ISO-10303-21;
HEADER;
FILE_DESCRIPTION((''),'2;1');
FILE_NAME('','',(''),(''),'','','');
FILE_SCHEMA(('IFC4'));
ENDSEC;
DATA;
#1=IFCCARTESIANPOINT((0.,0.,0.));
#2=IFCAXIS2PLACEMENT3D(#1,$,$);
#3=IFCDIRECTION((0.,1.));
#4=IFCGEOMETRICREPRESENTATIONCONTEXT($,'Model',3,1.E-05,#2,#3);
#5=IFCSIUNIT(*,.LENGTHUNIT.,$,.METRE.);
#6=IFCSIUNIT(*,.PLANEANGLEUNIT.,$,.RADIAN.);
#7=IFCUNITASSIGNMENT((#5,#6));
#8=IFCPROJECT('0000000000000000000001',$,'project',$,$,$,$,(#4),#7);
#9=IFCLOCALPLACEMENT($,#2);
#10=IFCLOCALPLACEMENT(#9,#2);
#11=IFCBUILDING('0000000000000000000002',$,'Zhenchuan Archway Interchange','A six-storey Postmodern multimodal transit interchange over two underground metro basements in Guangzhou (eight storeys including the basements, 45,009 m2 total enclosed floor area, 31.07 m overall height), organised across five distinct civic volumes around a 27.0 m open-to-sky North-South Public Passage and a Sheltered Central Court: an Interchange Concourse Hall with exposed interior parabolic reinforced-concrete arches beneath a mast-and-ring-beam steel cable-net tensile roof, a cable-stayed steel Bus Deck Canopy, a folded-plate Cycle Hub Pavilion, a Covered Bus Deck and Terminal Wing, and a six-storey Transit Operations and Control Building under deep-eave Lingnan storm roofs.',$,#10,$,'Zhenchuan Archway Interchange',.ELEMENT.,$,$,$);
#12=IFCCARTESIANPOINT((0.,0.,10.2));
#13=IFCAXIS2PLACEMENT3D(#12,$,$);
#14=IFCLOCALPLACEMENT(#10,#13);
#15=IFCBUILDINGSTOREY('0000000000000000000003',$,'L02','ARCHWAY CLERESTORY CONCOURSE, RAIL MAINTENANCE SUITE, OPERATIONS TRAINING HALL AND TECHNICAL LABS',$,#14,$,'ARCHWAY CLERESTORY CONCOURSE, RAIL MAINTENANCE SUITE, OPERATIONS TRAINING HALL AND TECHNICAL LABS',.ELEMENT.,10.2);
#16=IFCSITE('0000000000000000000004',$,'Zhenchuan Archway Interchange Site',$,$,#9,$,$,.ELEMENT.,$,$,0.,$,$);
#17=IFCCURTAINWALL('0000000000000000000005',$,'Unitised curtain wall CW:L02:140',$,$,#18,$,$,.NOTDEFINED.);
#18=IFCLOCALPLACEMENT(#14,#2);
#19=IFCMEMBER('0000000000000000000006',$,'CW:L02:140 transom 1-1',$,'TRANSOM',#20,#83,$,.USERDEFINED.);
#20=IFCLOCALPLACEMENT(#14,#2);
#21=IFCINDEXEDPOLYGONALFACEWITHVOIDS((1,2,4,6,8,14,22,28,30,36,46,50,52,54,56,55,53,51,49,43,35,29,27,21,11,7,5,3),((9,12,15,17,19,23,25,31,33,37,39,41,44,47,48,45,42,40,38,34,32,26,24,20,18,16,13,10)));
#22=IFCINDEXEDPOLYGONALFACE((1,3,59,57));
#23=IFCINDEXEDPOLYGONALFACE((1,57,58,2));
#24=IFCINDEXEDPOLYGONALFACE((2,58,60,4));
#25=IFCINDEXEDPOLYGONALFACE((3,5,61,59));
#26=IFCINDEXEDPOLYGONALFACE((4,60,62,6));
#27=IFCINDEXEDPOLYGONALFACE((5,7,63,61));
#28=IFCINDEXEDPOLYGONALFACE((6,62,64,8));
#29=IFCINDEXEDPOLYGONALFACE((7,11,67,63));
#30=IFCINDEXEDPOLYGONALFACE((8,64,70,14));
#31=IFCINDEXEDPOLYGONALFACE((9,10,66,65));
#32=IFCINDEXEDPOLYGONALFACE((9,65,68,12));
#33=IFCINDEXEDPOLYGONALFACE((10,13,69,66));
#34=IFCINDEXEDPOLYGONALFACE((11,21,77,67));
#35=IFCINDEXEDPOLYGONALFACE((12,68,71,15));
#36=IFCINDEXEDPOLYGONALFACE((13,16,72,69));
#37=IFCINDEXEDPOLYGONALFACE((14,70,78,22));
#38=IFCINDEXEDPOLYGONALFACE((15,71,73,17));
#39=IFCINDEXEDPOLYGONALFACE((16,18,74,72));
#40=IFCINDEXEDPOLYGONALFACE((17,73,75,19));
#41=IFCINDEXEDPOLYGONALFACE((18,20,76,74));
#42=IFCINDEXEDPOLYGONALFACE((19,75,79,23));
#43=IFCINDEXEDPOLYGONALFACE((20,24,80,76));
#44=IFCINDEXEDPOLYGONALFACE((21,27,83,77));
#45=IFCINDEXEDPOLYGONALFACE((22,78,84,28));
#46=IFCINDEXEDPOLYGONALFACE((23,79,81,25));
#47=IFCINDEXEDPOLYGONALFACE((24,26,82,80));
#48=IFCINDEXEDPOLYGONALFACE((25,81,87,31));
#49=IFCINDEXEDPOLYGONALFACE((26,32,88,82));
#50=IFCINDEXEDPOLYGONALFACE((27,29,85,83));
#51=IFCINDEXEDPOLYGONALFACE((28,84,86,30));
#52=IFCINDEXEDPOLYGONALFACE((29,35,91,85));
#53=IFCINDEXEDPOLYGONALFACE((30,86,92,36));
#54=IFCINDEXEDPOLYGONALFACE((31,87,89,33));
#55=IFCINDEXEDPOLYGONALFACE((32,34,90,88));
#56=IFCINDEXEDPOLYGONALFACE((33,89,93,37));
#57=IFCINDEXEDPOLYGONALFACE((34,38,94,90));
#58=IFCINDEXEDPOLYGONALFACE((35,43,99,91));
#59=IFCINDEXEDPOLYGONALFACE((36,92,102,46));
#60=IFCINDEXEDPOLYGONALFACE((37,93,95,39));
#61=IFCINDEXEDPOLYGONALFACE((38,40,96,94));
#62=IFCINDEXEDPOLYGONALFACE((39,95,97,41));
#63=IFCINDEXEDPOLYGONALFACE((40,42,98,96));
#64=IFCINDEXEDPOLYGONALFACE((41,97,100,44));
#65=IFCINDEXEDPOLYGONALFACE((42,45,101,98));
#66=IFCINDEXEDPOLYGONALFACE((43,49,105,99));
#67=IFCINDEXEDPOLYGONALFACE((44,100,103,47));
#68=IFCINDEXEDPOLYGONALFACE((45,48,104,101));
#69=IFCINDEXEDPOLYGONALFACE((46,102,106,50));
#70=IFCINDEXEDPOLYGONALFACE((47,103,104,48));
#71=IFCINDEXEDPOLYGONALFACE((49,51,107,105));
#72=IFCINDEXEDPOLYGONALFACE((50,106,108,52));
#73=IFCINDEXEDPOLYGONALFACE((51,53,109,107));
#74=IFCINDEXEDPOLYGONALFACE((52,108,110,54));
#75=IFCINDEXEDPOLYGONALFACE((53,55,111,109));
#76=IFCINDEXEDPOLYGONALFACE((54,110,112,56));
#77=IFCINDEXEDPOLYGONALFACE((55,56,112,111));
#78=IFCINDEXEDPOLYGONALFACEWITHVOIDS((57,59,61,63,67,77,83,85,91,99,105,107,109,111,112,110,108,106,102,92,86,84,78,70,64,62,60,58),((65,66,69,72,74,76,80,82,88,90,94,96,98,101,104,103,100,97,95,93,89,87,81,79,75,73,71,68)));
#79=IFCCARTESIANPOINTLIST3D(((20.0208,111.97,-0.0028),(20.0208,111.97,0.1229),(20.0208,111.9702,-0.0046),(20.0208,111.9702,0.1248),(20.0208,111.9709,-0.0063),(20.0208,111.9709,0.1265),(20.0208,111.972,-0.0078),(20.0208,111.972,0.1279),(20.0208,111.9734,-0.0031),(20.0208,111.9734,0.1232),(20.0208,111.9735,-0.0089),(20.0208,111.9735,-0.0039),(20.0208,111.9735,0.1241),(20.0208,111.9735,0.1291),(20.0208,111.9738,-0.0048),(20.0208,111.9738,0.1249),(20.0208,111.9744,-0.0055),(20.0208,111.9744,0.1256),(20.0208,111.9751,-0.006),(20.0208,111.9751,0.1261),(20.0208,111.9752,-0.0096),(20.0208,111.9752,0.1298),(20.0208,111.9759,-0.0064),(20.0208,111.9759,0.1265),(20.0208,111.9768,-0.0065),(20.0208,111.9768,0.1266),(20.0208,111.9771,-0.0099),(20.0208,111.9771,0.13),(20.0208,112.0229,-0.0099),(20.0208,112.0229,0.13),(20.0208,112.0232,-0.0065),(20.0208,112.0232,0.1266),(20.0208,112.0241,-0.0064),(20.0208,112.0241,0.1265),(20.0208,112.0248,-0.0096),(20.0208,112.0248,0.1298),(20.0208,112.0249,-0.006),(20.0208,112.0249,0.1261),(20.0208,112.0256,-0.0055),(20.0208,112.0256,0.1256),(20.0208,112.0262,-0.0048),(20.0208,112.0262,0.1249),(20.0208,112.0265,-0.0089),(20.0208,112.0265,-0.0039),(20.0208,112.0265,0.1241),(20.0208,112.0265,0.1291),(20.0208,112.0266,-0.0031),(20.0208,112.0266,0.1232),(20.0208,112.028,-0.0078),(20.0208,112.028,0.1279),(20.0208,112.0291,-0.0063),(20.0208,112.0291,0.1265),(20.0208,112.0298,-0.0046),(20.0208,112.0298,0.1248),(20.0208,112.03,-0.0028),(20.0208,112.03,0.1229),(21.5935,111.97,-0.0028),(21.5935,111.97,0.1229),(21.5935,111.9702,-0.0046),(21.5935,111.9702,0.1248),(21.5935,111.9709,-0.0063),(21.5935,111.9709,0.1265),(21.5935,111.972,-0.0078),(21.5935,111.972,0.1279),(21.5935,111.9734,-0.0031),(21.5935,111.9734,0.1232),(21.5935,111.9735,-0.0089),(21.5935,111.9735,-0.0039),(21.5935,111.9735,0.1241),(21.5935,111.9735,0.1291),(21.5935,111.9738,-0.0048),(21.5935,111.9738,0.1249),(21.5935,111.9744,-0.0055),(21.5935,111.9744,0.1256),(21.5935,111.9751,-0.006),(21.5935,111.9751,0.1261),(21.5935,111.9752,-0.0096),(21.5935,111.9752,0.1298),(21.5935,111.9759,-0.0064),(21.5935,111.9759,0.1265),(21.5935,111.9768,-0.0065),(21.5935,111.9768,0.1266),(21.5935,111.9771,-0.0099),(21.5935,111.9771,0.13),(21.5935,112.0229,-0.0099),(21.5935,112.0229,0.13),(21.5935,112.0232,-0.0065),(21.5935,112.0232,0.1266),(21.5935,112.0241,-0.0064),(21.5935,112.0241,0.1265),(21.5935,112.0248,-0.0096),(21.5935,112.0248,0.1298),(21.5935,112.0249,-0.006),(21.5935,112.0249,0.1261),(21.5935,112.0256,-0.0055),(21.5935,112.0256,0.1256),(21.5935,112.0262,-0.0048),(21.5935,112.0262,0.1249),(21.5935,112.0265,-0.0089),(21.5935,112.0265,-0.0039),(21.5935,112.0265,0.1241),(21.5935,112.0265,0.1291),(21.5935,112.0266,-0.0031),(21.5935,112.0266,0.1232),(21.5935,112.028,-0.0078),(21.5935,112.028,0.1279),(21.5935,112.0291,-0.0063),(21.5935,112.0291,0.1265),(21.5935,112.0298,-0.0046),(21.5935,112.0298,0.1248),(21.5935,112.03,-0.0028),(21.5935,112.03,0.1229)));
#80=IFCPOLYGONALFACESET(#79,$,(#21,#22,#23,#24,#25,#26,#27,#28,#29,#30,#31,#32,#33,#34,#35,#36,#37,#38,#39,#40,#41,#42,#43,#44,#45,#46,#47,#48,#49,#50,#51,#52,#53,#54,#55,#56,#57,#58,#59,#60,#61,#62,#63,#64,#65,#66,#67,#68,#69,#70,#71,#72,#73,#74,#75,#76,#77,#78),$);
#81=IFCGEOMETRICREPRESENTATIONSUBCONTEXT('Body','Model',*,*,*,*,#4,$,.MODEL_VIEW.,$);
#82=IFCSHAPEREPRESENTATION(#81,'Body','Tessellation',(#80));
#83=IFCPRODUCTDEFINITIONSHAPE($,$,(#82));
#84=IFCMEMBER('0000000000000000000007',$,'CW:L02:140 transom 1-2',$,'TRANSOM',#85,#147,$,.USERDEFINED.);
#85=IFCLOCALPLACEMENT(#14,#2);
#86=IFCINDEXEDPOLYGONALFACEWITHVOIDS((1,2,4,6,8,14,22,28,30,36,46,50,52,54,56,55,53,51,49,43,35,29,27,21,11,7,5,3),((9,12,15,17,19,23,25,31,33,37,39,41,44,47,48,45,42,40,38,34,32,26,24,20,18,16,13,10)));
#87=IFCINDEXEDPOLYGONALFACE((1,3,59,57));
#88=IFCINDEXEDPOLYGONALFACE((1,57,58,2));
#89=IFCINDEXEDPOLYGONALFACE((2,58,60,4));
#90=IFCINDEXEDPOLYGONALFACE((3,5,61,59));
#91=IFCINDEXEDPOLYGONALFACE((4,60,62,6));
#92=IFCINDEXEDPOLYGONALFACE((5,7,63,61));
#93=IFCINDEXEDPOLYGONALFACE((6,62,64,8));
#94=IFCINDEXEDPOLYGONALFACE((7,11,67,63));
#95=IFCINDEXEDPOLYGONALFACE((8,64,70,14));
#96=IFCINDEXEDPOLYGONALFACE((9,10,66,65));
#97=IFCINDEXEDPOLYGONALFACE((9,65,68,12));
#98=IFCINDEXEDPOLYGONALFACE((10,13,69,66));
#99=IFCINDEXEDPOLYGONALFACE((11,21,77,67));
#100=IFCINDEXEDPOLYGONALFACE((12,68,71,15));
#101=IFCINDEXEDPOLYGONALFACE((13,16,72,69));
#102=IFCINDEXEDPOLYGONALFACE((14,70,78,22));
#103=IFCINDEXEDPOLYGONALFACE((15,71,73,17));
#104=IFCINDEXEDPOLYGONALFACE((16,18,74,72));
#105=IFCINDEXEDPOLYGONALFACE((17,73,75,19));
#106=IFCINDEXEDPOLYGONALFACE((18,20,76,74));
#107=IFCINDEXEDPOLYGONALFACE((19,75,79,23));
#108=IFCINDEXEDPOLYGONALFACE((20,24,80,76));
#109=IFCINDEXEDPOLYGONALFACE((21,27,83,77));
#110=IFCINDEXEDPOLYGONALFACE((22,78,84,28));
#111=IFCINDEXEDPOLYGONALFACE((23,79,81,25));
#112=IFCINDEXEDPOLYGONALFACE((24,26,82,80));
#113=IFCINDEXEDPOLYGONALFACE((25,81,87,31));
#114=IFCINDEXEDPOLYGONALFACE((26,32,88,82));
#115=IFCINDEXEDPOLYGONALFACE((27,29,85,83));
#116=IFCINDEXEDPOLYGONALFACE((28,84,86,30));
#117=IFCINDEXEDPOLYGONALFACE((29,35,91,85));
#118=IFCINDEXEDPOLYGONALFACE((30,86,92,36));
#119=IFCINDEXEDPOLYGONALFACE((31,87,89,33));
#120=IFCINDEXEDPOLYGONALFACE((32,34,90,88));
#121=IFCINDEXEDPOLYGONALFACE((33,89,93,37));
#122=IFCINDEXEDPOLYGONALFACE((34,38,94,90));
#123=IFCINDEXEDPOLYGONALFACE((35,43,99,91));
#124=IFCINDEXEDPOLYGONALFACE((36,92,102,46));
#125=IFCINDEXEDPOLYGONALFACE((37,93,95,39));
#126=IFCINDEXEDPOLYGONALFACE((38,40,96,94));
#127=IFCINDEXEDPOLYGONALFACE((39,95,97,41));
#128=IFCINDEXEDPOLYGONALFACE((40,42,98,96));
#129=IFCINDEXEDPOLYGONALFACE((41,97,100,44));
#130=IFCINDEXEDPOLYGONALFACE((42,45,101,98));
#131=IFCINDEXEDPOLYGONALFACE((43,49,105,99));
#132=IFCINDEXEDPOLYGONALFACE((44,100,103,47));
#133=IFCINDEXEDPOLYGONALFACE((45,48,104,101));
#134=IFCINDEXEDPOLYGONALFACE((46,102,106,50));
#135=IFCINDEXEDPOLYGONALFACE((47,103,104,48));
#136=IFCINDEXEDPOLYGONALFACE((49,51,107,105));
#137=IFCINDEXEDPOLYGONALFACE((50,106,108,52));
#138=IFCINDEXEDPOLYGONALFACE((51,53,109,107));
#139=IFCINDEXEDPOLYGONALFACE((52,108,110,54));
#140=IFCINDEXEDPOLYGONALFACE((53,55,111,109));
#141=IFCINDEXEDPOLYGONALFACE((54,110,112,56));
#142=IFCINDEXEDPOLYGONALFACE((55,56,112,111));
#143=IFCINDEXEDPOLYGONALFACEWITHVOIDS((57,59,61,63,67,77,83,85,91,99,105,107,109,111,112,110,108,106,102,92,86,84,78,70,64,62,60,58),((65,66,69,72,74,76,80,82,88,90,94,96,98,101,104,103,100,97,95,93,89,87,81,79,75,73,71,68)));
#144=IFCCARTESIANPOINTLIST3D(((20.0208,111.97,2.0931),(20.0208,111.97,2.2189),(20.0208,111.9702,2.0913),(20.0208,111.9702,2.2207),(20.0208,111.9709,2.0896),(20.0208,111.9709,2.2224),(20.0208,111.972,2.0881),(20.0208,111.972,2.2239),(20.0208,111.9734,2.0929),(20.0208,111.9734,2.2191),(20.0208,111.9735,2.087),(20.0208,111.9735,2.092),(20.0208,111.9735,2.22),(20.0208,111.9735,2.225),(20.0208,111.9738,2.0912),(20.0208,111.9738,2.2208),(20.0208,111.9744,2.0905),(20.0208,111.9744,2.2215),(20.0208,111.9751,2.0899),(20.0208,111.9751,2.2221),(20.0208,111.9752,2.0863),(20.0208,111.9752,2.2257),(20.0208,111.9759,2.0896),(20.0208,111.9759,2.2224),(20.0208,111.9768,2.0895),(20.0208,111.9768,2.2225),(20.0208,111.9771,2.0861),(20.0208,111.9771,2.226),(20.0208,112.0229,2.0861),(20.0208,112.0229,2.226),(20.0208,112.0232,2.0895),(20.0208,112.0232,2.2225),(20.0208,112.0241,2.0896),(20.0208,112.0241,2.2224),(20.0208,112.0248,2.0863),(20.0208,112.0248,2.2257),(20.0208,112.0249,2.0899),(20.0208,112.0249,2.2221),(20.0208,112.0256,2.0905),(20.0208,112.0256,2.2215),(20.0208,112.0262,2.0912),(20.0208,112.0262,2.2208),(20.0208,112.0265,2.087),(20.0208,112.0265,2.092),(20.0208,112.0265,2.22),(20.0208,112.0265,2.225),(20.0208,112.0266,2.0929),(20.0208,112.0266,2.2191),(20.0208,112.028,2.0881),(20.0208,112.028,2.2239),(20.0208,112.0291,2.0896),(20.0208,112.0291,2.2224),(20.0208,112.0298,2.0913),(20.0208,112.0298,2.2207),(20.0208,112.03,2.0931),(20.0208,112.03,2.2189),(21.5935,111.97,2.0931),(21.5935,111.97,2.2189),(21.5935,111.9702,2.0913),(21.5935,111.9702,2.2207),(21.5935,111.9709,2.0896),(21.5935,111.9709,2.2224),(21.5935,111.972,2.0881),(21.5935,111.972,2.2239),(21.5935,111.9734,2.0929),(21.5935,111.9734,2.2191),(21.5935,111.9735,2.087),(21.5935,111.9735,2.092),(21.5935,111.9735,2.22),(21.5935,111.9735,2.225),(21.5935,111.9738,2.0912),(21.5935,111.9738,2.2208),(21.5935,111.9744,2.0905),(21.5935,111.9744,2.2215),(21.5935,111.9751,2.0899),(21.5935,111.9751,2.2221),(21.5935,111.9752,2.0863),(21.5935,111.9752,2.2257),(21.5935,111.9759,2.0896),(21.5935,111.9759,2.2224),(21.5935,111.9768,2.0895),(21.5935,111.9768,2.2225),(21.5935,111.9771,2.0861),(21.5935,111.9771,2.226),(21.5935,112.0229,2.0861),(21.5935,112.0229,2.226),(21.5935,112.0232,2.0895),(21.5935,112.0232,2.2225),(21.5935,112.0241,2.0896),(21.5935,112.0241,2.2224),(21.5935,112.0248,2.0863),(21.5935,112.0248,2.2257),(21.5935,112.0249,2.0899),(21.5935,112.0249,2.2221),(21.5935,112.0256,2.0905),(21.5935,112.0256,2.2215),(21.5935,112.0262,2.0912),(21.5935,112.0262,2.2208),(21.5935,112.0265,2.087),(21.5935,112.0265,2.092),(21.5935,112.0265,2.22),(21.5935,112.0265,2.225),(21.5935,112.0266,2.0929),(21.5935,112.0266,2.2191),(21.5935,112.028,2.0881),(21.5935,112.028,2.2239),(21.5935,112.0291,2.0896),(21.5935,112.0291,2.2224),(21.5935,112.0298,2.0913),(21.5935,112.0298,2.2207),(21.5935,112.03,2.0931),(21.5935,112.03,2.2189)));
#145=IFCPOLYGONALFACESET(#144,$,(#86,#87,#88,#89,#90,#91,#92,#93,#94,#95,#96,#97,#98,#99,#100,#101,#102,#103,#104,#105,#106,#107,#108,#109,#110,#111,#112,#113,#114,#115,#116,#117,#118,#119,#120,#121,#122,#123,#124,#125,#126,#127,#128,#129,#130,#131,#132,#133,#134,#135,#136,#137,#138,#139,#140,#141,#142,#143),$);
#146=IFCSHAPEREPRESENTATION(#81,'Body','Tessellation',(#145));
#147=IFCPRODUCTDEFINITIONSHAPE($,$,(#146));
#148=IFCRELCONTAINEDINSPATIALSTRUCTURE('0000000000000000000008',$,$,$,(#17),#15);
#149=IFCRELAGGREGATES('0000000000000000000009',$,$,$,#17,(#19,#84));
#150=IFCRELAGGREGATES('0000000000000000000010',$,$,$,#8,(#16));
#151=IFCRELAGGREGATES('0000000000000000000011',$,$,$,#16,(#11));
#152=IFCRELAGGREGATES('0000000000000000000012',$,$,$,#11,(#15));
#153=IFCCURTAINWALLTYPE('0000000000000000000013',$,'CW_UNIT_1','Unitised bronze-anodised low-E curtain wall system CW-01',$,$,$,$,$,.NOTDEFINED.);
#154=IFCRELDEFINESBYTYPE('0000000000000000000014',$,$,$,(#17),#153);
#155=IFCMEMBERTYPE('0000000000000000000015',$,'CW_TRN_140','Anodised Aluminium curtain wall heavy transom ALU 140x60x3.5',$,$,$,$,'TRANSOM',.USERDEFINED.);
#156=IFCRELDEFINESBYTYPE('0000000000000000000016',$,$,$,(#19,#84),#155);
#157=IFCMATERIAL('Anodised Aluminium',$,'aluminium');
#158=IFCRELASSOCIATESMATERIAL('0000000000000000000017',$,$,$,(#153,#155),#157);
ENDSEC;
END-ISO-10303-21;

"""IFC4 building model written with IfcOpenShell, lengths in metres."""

from ifc_helpers import new_model, si_unit, direction, frame, origin, origin_2d, place, context, subcontext, project, spatial, hollow_rectangle, extrude, material, material_profile, profile_set, type_object, element, aggregate, save


model = new_model("IFC4")

# Units and contexts
model_context = context("Model", 3, precision=1e-05, world=origin(), true_north=direction((0.0, 1.0)))
body_context = subcontext(model_context, "Body", "Model", "MODEL_VIEW")
ifc_project = project(units=[si_unit("LENGTHUNIT", "METRE"), si_unit("PLANEANGLEUNIT", "RADIAN")], contexts=[model_context])

# Site, building, storey
site_placement = place(None, origin())
site = spatial("IfcSite", under=ifc_project, at=site_placement, Name="Zhenchuan Archway Interchange Site", CompositionType="ELEMENT", RefElevation=0.0)
building_placement = place(site_placement, origin())
building = spatial("IfcBuilding", under=site, at=building_placement, Name="Zhenchuan Archway Interchange", Description="A six-storey Postmodern multimodal transit interchange over two underground metro basements in Guangzhou (eight storeys including the basements, 45,009 m2 total enclosed floor area, 31.07 m overall height), organised across five distinct civic volumes around a 27.0 m open-to-sky North-South Public Passage and a Sheltered Central Court: an Interchange Concourse Hall with exposed interior parabolic reinforced-concrete arches beneath a mast-and-ring-beam steel cable-net tensile roof, a cable-stayed steel Bus Deck Canopy, a folded-plate Cycle Hub Pavilion, a Covered Bus Deck and Terminal Wing, and a six-storey Transit Operations and Control Building under deep-eave Lingnan storm roofs.", LongName="Zhenchuan Archway Interchange", CompositionType="ELEMENT")
storey_placement = place(building_placement, frame((0.0, 0.0, 10.2)))
storey = spatial("IfcBuildingStorey", under=building, at=storey_placement, Name="L02", Description="ARCHWAY CLERESTORY CONCOURSE, RAIL MAINTENANCE SUITE, OPERATIONS TRAINING HALL AND TECHNICAL LABS", LongName="ARCHWAY CLERESTORY CONCOURSE, RAIL MAINTENANCE SUITE, OPERATIONS TRAINING HALL AND TECHNICAL LABS", CompositionType="ELEMENT", Elevation=10.2)

# Curtain wall, members
ifc_material_1 = material(Name="Anodised Aluminium", Category="aluminium")
curtain_wall_type = type_object("IfcCurtainWallType", Name="CW_UNIT_1", Description="Unitised bronze-anodised low-E curtain wall system CW-01", PredefinedType="NOTDEFINED", material=ifc_material_1)
curtain_wall_placement = place(storey_placement, origin())
curtain_wall = element("IfcCurtainWall", 1, at=curtain_wall_placement, inside=storey, type_object=curtain_wall_type, Name="Unitised curtain wall CW:L02:140", PredefinedType="NOTDEFINED")
ifc_material_profile_1 = material_profile(ifc_material_1, hollow_rectangle(XDim=0.0601, YDim=0.1399, WallThickness=0.0034, InnerFilletRadius=0.0034, OuterFilletRadius=0.0071, at=origin_2d()), Name="ALU 140x60x3.5")
ifc_profile_set_1 = profile_set([ifc_material_profile_1], Name="Anodised Aluminium")
member_type_1 = type_object("IfcMemberType", Name="CW_TRN_140", Description="Anodised Aluminium curtain wall heavy transom ALU 140x60x3.5", ElementType="TRANSOM", PredefinedType="USERDEFINED", material=ifc_profile_set_1)
member_1_placement = place(storey_placement, frame((20.0208, 112.0, 0.0601), z_axis=(1.0, 0.0, 0.0), x_axis=(0.0, 1.0, 0.0)))
member_1 = element("IfcMember", 2, at=member_1_placement, type_object=member_type_1, Name="CW:L02:140 transom 1-1", ObjectType="TRANSOM", PredefinedType="USERDEFINED", context=body_context, shape_type="SweptSolid", body=[
    extrude(hollow_rectangle(XDim=0.0601, YDim=0.1399, WallThickness=0.0034, InnerFilletRadius=0.0034, OuterFilletRadius=0.0071, at=origin_2d()), origin(), (0.0, 0.0, 1.0), 1.5728),
])
member_2_placement = place(storey_placement, frame((20.0208, 112.0, 2.156), z_axis=(1.0, 0.0, 0.0), x_axis=(0.0, 1.0, 0.0)))
member_2 = element("IfcMember", 3, at=member_2_placement, type_object=member_type_1, Name="CW:L02:140 transom 1-2", ObjectType="TRANSOM", PredefinedType="USERDEFINED", context=body_context, shape_type="SweptSolid", body=[
    extrude(hollow_rectangle(XDim=0.0601, YDim=0.1399, WallThickness=0.0034, InnerFilletRadius=0.0034, OuterFilletRadius=0.0071, at=origin_2d()), origin(), (0.0, 0.0, 1.0), 1.5728),
])
aggregate(curtain_wall, [member_1, member_2])

save(model, "model.ifc")
